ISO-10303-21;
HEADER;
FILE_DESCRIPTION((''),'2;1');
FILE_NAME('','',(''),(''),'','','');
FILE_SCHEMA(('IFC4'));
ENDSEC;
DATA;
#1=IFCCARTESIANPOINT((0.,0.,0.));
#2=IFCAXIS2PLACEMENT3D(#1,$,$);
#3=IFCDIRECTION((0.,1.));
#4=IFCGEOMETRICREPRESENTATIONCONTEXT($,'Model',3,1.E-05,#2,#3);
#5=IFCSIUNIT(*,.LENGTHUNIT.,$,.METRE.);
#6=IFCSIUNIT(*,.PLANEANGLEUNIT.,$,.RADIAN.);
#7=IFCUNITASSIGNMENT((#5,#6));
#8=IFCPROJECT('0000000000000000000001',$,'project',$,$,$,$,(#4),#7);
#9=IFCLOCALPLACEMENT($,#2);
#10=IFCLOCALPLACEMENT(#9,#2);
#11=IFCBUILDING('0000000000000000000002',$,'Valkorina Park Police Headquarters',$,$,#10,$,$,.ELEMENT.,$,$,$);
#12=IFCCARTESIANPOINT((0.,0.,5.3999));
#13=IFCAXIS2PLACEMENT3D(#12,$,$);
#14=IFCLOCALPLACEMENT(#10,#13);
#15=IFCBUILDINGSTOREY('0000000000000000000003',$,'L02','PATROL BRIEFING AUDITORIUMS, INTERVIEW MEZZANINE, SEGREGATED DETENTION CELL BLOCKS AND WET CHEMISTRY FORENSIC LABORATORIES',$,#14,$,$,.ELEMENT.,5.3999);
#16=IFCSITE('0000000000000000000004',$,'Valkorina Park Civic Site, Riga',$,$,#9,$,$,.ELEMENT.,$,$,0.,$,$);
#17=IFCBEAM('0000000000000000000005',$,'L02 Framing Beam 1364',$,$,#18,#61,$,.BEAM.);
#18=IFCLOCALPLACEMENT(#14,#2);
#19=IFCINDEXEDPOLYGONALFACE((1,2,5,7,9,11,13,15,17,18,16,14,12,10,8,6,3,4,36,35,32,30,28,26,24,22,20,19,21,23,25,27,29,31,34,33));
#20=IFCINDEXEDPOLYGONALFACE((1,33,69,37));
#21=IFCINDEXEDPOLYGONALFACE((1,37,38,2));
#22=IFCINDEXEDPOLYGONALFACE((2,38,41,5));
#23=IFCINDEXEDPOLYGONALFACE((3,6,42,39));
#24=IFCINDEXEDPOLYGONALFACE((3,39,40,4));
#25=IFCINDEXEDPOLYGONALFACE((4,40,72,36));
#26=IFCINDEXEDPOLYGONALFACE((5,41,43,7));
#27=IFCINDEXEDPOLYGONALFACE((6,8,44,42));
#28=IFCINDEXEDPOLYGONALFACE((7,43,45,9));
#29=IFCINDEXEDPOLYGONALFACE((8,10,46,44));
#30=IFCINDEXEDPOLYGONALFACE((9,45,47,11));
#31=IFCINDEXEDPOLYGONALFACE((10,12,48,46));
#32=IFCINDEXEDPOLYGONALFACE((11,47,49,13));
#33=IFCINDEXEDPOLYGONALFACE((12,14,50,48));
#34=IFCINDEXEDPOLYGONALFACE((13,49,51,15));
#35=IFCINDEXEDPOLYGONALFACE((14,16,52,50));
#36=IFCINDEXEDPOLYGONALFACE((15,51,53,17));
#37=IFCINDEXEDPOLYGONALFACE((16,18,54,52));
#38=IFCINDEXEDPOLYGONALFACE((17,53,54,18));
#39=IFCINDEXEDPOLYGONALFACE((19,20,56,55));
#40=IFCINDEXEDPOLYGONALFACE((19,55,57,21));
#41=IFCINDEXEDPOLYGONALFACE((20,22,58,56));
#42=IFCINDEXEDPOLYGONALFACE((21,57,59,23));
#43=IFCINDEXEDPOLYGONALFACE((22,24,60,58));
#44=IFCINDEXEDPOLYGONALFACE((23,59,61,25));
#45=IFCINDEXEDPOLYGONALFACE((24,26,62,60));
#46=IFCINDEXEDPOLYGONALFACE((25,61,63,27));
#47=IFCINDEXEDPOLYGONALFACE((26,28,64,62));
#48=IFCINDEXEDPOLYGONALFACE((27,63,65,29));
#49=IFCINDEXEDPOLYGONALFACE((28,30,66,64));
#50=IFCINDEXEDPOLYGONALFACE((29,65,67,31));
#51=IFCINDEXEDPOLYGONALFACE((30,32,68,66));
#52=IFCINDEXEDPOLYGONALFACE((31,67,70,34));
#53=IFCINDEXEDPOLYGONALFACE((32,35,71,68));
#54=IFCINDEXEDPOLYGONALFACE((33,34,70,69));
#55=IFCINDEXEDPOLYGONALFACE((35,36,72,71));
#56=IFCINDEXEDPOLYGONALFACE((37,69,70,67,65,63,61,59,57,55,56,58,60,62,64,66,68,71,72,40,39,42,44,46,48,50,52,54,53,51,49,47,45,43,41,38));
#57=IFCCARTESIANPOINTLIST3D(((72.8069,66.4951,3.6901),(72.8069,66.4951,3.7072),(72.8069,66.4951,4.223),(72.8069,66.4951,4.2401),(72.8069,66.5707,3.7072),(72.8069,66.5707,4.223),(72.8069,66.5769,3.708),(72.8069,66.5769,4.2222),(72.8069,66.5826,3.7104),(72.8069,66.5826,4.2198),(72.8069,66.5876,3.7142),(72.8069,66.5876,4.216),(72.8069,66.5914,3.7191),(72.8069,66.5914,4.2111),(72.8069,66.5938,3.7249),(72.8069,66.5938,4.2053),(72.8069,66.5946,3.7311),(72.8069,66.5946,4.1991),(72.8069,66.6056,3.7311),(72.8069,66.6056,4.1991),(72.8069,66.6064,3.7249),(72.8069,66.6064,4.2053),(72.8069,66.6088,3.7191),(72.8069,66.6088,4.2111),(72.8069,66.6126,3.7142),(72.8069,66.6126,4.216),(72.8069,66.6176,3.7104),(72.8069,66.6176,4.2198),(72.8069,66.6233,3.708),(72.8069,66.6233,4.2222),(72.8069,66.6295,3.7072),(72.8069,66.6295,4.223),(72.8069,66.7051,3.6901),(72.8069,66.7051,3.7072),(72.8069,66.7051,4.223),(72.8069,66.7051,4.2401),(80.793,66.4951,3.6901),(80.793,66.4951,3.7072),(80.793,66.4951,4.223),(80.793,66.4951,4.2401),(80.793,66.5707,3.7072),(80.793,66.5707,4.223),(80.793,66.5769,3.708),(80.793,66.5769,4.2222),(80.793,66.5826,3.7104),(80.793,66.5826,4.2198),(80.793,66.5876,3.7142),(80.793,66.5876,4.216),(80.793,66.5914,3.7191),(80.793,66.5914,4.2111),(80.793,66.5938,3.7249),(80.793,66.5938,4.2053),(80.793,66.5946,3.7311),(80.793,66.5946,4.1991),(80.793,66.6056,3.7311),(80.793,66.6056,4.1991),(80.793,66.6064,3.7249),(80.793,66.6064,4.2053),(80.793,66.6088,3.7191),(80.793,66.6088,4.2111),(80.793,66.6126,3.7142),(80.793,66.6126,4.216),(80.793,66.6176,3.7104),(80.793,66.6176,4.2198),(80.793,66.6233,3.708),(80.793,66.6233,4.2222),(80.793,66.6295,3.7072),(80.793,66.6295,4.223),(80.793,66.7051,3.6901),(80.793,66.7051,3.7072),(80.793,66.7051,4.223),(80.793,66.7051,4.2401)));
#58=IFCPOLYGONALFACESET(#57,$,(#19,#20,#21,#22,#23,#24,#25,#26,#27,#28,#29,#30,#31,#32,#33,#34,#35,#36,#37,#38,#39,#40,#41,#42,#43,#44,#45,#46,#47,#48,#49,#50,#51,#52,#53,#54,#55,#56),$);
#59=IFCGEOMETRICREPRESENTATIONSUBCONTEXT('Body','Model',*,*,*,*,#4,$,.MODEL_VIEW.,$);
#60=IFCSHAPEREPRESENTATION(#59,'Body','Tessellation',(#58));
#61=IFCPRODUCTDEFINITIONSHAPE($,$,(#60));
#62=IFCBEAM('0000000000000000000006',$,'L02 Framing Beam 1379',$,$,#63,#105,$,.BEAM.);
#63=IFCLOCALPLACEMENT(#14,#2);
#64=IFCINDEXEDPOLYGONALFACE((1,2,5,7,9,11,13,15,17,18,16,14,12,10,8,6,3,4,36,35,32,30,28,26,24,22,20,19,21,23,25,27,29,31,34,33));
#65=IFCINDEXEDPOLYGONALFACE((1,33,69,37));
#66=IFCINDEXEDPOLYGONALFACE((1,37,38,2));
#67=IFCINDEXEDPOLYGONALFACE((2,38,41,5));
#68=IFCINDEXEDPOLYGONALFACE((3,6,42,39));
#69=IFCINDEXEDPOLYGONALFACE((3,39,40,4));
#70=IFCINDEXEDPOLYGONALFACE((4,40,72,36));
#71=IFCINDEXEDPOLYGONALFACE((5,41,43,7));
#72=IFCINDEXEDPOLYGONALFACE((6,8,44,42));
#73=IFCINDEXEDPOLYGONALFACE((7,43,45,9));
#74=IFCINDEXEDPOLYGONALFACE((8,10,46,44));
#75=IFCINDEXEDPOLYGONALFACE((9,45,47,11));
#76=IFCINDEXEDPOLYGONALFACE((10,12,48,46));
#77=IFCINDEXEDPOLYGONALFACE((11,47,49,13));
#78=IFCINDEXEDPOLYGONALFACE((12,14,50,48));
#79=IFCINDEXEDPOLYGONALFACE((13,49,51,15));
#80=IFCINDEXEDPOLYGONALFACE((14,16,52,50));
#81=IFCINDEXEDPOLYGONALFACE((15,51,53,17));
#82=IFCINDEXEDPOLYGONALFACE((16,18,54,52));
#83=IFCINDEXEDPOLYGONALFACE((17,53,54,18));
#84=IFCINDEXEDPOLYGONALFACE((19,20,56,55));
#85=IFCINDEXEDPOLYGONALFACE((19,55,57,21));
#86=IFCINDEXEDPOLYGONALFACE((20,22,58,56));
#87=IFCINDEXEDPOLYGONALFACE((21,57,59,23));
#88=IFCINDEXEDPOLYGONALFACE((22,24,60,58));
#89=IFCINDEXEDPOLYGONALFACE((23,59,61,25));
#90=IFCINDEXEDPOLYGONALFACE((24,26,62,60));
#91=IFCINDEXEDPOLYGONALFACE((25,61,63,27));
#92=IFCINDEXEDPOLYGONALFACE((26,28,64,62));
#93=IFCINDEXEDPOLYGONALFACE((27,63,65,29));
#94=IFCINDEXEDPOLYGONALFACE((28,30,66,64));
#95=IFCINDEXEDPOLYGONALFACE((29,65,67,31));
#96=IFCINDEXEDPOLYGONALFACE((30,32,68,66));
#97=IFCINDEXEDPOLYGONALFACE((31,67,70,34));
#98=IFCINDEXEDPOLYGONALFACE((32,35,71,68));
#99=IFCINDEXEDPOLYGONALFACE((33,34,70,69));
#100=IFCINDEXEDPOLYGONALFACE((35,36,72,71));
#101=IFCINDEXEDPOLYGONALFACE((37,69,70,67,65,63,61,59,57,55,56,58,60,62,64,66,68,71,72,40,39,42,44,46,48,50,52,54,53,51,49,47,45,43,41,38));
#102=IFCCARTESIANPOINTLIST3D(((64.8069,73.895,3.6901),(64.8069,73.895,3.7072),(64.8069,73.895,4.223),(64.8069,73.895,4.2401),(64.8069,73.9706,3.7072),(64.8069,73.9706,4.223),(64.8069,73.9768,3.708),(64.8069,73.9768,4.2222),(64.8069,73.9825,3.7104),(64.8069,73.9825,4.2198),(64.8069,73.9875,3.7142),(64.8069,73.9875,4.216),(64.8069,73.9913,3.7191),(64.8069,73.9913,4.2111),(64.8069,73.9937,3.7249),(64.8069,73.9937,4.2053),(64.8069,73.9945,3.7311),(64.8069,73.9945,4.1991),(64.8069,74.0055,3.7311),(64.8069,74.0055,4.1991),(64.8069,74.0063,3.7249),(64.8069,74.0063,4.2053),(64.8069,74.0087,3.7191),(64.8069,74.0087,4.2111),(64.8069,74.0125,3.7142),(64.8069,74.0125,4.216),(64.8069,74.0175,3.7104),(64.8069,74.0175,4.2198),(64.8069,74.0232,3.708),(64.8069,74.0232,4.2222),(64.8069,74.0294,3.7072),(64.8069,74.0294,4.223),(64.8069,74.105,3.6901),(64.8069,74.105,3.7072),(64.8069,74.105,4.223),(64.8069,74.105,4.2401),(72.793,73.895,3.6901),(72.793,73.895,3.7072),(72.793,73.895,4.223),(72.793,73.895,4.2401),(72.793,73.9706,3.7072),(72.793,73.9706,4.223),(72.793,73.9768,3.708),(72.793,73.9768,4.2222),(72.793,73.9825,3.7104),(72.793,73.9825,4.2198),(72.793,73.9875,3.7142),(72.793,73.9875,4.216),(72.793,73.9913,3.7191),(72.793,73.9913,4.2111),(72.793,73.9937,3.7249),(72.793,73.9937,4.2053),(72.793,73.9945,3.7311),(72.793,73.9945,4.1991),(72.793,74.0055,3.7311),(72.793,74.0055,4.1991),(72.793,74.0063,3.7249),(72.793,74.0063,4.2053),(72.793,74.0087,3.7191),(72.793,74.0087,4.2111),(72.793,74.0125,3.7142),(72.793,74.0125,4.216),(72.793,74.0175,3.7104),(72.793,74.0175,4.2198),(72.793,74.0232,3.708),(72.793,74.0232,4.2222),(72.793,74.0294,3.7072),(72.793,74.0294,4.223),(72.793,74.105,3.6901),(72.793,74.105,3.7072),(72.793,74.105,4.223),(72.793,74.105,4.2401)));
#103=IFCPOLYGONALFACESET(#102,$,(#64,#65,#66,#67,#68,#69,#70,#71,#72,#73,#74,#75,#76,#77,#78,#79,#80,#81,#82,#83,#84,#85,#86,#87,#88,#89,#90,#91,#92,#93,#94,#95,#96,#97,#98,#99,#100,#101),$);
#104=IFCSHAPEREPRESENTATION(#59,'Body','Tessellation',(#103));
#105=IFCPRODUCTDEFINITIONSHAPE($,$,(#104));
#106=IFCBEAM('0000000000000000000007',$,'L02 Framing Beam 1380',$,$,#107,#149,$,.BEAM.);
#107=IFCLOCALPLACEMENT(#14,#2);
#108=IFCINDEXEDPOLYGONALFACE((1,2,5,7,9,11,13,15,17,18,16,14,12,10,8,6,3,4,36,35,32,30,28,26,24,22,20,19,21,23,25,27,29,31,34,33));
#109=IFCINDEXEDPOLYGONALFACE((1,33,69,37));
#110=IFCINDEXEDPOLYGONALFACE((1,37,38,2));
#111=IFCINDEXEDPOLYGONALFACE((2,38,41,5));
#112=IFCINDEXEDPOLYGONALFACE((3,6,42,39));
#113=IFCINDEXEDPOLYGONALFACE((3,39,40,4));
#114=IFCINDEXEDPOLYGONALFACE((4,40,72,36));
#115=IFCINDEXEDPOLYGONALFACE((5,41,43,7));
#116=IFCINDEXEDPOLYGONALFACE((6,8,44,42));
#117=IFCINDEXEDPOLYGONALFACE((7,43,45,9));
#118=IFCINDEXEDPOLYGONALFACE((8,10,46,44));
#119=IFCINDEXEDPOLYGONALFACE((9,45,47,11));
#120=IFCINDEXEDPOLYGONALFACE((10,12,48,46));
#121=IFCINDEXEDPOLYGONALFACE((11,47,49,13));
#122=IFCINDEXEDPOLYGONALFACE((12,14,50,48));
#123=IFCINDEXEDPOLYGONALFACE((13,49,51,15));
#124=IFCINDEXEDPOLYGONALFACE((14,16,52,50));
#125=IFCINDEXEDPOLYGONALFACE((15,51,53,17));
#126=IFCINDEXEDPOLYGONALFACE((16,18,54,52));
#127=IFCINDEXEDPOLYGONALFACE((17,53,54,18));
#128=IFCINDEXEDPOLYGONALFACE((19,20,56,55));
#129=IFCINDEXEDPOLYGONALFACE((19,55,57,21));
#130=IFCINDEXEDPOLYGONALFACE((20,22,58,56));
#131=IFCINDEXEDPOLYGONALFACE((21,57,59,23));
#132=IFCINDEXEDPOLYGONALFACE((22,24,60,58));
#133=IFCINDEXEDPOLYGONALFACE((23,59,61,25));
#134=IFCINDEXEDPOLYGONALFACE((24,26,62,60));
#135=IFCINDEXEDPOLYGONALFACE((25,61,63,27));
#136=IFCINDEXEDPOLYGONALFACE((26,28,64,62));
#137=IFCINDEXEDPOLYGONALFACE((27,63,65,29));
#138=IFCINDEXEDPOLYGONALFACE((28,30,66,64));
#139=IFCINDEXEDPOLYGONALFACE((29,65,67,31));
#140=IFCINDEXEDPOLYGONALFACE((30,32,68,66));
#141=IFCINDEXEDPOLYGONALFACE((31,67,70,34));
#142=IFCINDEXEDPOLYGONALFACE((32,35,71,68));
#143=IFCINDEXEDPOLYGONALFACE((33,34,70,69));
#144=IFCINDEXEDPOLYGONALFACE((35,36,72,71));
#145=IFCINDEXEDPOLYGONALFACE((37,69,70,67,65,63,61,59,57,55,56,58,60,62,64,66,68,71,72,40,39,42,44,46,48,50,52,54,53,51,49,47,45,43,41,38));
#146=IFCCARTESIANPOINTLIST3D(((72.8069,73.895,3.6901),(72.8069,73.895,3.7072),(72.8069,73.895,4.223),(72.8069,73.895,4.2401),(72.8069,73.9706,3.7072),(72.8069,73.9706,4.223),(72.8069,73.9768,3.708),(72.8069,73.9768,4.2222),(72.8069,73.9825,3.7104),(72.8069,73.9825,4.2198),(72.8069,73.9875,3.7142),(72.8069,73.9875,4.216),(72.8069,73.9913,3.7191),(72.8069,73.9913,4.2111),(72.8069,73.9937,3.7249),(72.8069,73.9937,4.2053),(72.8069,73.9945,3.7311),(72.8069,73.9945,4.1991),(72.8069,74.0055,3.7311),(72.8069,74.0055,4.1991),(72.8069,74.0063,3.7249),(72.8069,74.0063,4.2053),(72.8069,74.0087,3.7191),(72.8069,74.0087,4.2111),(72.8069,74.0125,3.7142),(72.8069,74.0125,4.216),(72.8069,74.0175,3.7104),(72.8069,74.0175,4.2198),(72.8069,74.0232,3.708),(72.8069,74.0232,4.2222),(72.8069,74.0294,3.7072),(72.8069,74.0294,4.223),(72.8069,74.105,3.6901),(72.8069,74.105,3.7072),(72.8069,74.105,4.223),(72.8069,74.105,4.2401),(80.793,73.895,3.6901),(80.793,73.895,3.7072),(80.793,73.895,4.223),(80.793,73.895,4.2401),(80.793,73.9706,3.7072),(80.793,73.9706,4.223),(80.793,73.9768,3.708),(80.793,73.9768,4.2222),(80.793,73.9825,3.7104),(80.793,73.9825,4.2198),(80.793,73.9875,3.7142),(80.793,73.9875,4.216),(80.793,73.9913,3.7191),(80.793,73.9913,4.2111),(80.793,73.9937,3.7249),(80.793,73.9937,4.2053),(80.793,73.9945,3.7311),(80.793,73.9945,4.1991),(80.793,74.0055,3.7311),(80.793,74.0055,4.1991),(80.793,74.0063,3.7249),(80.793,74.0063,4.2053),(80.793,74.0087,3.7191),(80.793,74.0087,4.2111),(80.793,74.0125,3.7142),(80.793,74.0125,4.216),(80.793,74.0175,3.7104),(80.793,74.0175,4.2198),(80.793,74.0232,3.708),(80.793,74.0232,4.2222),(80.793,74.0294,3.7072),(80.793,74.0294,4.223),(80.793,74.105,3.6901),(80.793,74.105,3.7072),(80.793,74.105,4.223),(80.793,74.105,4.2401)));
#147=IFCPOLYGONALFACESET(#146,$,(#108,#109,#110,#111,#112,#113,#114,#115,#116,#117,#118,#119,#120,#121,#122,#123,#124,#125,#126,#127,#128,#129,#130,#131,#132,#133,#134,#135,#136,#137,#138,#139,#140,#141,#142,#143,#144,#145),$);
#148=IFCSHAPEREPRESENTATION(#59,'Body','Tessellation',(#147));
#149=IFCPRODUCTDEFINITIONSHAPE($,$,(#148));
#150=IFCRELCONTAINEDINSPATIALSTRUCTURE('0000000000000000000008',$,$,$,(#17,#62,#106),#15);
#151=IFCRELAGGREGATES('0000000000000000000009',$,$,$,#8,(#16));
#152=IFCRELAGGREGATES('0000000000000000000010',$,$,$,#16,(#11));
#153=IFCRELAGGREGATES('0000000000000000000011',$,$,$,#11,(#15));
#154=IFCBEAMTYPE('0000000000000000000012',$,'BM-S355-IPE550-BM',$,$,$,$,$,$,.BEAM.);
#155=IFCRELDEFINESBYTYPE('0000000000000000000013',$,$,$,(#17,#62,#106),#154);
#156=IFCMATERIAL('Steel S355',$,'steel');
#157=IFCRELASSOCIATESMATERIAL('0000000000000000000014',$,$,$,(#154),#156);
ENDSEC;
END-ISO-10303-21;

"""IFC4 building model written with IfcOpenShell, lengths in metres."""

from ifc_helpers import new_model, si_unit, direction, frame, origin, origin_2d, place, context, subcontext, project, spatial, i_section, extrude, material, material_profile, profile_set, type_object, element, save


model = new_model("IFC4")

# Units and contexts
model_context = context("Model", 3, precision=1e-05, world=origin(), true_north=direction((0.0, 1.0)))
body_context = subcontext(model_context, "Body", "Model", "MODEL_VIEW")
ifc_project = project(units=[si_unit("LENGTHUNIT", "METRE"), si_unit("PLANEANGLEUNIT", "RADIAN")], contexts=[model_context])

# Site, building, storey
site_placement = place(None, origin())
site = spatial("IfcSite", under=ifc_project, at=site_placement, Name="Valkorina Park Civic Site, Riga", CompositionType="ELEMENT", RefElevation=0.0)
building_placement = place(site_placement, origin())
building = spatial("IfcBuilding", under=site, at=building_placement, Name="Valkorina Park Police Headquarters", CompositionType="ELEMENT")
storey_placement = place(building_placement, frame((0.0, 0.0, 5.3999)))
storey = spatial("IfcBuildingStorey", under=building, at=storey_placement, Name="L02", Description="PATROL BRIEFING AUDITORIUMS, INTERVIEW MEZZANINE, SEGREGATED DETENTION CELL BLOCKS AND WET CHEMISTRY FORENSIC LABORATORIES", CompositionType="ELEMENT", Elevation=5.3999)

# Shared definitions
ifc_material = material(Name="Steel S355", Category="steel")

# Beams
ifc_material_profile_1 = material_profile(ifc_material, i_section(OverallWidth=0.21, OverallDepth=0.55, WebThickness=0.011, FlangeThickness=0.0171, FilletRadius=0.0239, at=origin_2d()), Name="IPE 550")
ifc_profile_set_1 = profile_set([ifc_material_profile_1], Name="Steel S355")
beam_type_1 = type_object("IfcBeamType", Name="BM-S355-IPE550-BM", PredefinedType="BEAM", material=ifc_profile_set_1)
for number, where, z_axis, x_axis, name in (
    (1, (72.8069, 66.6001, 3.9651), (1.0, 0.0, 0.0), (0.0, 1.0, 0.0), "L02 Framing Beam 1364"),
    (2, (64.8069, 74.0, 3.9651), (1.0, 0.0, 0.0), (0.0, 1.0, 0.0), "L02 Framing Beam 1379"),
    (3, (72.8069, 74.0, 3.9651), (1.0, 0.0, 0.0), (0.0, 1.0, 0.0), "L02 Framing Beam 1380"),
):
    element("IfcBeam", number, at=place(storey_placement, frame(where, z_axis=z_axis, x_axis=x_axis)), inside=storey, type_object=beam_type_1, Name=name, PredefinedType="BEAM", context=body_context, shape_type="SweptSolid", body=[
        extrude(i_section(OverallWidth=0.21, OverallDepth=0.55, WebThickness=0.011, FlangeThickness=0.0171, FilletRadius=0.0239, at=origin_2d()), origin(), (0.0, 0.0, 1.0), 7.9861),
    ])

save(model, "model.ifc")
